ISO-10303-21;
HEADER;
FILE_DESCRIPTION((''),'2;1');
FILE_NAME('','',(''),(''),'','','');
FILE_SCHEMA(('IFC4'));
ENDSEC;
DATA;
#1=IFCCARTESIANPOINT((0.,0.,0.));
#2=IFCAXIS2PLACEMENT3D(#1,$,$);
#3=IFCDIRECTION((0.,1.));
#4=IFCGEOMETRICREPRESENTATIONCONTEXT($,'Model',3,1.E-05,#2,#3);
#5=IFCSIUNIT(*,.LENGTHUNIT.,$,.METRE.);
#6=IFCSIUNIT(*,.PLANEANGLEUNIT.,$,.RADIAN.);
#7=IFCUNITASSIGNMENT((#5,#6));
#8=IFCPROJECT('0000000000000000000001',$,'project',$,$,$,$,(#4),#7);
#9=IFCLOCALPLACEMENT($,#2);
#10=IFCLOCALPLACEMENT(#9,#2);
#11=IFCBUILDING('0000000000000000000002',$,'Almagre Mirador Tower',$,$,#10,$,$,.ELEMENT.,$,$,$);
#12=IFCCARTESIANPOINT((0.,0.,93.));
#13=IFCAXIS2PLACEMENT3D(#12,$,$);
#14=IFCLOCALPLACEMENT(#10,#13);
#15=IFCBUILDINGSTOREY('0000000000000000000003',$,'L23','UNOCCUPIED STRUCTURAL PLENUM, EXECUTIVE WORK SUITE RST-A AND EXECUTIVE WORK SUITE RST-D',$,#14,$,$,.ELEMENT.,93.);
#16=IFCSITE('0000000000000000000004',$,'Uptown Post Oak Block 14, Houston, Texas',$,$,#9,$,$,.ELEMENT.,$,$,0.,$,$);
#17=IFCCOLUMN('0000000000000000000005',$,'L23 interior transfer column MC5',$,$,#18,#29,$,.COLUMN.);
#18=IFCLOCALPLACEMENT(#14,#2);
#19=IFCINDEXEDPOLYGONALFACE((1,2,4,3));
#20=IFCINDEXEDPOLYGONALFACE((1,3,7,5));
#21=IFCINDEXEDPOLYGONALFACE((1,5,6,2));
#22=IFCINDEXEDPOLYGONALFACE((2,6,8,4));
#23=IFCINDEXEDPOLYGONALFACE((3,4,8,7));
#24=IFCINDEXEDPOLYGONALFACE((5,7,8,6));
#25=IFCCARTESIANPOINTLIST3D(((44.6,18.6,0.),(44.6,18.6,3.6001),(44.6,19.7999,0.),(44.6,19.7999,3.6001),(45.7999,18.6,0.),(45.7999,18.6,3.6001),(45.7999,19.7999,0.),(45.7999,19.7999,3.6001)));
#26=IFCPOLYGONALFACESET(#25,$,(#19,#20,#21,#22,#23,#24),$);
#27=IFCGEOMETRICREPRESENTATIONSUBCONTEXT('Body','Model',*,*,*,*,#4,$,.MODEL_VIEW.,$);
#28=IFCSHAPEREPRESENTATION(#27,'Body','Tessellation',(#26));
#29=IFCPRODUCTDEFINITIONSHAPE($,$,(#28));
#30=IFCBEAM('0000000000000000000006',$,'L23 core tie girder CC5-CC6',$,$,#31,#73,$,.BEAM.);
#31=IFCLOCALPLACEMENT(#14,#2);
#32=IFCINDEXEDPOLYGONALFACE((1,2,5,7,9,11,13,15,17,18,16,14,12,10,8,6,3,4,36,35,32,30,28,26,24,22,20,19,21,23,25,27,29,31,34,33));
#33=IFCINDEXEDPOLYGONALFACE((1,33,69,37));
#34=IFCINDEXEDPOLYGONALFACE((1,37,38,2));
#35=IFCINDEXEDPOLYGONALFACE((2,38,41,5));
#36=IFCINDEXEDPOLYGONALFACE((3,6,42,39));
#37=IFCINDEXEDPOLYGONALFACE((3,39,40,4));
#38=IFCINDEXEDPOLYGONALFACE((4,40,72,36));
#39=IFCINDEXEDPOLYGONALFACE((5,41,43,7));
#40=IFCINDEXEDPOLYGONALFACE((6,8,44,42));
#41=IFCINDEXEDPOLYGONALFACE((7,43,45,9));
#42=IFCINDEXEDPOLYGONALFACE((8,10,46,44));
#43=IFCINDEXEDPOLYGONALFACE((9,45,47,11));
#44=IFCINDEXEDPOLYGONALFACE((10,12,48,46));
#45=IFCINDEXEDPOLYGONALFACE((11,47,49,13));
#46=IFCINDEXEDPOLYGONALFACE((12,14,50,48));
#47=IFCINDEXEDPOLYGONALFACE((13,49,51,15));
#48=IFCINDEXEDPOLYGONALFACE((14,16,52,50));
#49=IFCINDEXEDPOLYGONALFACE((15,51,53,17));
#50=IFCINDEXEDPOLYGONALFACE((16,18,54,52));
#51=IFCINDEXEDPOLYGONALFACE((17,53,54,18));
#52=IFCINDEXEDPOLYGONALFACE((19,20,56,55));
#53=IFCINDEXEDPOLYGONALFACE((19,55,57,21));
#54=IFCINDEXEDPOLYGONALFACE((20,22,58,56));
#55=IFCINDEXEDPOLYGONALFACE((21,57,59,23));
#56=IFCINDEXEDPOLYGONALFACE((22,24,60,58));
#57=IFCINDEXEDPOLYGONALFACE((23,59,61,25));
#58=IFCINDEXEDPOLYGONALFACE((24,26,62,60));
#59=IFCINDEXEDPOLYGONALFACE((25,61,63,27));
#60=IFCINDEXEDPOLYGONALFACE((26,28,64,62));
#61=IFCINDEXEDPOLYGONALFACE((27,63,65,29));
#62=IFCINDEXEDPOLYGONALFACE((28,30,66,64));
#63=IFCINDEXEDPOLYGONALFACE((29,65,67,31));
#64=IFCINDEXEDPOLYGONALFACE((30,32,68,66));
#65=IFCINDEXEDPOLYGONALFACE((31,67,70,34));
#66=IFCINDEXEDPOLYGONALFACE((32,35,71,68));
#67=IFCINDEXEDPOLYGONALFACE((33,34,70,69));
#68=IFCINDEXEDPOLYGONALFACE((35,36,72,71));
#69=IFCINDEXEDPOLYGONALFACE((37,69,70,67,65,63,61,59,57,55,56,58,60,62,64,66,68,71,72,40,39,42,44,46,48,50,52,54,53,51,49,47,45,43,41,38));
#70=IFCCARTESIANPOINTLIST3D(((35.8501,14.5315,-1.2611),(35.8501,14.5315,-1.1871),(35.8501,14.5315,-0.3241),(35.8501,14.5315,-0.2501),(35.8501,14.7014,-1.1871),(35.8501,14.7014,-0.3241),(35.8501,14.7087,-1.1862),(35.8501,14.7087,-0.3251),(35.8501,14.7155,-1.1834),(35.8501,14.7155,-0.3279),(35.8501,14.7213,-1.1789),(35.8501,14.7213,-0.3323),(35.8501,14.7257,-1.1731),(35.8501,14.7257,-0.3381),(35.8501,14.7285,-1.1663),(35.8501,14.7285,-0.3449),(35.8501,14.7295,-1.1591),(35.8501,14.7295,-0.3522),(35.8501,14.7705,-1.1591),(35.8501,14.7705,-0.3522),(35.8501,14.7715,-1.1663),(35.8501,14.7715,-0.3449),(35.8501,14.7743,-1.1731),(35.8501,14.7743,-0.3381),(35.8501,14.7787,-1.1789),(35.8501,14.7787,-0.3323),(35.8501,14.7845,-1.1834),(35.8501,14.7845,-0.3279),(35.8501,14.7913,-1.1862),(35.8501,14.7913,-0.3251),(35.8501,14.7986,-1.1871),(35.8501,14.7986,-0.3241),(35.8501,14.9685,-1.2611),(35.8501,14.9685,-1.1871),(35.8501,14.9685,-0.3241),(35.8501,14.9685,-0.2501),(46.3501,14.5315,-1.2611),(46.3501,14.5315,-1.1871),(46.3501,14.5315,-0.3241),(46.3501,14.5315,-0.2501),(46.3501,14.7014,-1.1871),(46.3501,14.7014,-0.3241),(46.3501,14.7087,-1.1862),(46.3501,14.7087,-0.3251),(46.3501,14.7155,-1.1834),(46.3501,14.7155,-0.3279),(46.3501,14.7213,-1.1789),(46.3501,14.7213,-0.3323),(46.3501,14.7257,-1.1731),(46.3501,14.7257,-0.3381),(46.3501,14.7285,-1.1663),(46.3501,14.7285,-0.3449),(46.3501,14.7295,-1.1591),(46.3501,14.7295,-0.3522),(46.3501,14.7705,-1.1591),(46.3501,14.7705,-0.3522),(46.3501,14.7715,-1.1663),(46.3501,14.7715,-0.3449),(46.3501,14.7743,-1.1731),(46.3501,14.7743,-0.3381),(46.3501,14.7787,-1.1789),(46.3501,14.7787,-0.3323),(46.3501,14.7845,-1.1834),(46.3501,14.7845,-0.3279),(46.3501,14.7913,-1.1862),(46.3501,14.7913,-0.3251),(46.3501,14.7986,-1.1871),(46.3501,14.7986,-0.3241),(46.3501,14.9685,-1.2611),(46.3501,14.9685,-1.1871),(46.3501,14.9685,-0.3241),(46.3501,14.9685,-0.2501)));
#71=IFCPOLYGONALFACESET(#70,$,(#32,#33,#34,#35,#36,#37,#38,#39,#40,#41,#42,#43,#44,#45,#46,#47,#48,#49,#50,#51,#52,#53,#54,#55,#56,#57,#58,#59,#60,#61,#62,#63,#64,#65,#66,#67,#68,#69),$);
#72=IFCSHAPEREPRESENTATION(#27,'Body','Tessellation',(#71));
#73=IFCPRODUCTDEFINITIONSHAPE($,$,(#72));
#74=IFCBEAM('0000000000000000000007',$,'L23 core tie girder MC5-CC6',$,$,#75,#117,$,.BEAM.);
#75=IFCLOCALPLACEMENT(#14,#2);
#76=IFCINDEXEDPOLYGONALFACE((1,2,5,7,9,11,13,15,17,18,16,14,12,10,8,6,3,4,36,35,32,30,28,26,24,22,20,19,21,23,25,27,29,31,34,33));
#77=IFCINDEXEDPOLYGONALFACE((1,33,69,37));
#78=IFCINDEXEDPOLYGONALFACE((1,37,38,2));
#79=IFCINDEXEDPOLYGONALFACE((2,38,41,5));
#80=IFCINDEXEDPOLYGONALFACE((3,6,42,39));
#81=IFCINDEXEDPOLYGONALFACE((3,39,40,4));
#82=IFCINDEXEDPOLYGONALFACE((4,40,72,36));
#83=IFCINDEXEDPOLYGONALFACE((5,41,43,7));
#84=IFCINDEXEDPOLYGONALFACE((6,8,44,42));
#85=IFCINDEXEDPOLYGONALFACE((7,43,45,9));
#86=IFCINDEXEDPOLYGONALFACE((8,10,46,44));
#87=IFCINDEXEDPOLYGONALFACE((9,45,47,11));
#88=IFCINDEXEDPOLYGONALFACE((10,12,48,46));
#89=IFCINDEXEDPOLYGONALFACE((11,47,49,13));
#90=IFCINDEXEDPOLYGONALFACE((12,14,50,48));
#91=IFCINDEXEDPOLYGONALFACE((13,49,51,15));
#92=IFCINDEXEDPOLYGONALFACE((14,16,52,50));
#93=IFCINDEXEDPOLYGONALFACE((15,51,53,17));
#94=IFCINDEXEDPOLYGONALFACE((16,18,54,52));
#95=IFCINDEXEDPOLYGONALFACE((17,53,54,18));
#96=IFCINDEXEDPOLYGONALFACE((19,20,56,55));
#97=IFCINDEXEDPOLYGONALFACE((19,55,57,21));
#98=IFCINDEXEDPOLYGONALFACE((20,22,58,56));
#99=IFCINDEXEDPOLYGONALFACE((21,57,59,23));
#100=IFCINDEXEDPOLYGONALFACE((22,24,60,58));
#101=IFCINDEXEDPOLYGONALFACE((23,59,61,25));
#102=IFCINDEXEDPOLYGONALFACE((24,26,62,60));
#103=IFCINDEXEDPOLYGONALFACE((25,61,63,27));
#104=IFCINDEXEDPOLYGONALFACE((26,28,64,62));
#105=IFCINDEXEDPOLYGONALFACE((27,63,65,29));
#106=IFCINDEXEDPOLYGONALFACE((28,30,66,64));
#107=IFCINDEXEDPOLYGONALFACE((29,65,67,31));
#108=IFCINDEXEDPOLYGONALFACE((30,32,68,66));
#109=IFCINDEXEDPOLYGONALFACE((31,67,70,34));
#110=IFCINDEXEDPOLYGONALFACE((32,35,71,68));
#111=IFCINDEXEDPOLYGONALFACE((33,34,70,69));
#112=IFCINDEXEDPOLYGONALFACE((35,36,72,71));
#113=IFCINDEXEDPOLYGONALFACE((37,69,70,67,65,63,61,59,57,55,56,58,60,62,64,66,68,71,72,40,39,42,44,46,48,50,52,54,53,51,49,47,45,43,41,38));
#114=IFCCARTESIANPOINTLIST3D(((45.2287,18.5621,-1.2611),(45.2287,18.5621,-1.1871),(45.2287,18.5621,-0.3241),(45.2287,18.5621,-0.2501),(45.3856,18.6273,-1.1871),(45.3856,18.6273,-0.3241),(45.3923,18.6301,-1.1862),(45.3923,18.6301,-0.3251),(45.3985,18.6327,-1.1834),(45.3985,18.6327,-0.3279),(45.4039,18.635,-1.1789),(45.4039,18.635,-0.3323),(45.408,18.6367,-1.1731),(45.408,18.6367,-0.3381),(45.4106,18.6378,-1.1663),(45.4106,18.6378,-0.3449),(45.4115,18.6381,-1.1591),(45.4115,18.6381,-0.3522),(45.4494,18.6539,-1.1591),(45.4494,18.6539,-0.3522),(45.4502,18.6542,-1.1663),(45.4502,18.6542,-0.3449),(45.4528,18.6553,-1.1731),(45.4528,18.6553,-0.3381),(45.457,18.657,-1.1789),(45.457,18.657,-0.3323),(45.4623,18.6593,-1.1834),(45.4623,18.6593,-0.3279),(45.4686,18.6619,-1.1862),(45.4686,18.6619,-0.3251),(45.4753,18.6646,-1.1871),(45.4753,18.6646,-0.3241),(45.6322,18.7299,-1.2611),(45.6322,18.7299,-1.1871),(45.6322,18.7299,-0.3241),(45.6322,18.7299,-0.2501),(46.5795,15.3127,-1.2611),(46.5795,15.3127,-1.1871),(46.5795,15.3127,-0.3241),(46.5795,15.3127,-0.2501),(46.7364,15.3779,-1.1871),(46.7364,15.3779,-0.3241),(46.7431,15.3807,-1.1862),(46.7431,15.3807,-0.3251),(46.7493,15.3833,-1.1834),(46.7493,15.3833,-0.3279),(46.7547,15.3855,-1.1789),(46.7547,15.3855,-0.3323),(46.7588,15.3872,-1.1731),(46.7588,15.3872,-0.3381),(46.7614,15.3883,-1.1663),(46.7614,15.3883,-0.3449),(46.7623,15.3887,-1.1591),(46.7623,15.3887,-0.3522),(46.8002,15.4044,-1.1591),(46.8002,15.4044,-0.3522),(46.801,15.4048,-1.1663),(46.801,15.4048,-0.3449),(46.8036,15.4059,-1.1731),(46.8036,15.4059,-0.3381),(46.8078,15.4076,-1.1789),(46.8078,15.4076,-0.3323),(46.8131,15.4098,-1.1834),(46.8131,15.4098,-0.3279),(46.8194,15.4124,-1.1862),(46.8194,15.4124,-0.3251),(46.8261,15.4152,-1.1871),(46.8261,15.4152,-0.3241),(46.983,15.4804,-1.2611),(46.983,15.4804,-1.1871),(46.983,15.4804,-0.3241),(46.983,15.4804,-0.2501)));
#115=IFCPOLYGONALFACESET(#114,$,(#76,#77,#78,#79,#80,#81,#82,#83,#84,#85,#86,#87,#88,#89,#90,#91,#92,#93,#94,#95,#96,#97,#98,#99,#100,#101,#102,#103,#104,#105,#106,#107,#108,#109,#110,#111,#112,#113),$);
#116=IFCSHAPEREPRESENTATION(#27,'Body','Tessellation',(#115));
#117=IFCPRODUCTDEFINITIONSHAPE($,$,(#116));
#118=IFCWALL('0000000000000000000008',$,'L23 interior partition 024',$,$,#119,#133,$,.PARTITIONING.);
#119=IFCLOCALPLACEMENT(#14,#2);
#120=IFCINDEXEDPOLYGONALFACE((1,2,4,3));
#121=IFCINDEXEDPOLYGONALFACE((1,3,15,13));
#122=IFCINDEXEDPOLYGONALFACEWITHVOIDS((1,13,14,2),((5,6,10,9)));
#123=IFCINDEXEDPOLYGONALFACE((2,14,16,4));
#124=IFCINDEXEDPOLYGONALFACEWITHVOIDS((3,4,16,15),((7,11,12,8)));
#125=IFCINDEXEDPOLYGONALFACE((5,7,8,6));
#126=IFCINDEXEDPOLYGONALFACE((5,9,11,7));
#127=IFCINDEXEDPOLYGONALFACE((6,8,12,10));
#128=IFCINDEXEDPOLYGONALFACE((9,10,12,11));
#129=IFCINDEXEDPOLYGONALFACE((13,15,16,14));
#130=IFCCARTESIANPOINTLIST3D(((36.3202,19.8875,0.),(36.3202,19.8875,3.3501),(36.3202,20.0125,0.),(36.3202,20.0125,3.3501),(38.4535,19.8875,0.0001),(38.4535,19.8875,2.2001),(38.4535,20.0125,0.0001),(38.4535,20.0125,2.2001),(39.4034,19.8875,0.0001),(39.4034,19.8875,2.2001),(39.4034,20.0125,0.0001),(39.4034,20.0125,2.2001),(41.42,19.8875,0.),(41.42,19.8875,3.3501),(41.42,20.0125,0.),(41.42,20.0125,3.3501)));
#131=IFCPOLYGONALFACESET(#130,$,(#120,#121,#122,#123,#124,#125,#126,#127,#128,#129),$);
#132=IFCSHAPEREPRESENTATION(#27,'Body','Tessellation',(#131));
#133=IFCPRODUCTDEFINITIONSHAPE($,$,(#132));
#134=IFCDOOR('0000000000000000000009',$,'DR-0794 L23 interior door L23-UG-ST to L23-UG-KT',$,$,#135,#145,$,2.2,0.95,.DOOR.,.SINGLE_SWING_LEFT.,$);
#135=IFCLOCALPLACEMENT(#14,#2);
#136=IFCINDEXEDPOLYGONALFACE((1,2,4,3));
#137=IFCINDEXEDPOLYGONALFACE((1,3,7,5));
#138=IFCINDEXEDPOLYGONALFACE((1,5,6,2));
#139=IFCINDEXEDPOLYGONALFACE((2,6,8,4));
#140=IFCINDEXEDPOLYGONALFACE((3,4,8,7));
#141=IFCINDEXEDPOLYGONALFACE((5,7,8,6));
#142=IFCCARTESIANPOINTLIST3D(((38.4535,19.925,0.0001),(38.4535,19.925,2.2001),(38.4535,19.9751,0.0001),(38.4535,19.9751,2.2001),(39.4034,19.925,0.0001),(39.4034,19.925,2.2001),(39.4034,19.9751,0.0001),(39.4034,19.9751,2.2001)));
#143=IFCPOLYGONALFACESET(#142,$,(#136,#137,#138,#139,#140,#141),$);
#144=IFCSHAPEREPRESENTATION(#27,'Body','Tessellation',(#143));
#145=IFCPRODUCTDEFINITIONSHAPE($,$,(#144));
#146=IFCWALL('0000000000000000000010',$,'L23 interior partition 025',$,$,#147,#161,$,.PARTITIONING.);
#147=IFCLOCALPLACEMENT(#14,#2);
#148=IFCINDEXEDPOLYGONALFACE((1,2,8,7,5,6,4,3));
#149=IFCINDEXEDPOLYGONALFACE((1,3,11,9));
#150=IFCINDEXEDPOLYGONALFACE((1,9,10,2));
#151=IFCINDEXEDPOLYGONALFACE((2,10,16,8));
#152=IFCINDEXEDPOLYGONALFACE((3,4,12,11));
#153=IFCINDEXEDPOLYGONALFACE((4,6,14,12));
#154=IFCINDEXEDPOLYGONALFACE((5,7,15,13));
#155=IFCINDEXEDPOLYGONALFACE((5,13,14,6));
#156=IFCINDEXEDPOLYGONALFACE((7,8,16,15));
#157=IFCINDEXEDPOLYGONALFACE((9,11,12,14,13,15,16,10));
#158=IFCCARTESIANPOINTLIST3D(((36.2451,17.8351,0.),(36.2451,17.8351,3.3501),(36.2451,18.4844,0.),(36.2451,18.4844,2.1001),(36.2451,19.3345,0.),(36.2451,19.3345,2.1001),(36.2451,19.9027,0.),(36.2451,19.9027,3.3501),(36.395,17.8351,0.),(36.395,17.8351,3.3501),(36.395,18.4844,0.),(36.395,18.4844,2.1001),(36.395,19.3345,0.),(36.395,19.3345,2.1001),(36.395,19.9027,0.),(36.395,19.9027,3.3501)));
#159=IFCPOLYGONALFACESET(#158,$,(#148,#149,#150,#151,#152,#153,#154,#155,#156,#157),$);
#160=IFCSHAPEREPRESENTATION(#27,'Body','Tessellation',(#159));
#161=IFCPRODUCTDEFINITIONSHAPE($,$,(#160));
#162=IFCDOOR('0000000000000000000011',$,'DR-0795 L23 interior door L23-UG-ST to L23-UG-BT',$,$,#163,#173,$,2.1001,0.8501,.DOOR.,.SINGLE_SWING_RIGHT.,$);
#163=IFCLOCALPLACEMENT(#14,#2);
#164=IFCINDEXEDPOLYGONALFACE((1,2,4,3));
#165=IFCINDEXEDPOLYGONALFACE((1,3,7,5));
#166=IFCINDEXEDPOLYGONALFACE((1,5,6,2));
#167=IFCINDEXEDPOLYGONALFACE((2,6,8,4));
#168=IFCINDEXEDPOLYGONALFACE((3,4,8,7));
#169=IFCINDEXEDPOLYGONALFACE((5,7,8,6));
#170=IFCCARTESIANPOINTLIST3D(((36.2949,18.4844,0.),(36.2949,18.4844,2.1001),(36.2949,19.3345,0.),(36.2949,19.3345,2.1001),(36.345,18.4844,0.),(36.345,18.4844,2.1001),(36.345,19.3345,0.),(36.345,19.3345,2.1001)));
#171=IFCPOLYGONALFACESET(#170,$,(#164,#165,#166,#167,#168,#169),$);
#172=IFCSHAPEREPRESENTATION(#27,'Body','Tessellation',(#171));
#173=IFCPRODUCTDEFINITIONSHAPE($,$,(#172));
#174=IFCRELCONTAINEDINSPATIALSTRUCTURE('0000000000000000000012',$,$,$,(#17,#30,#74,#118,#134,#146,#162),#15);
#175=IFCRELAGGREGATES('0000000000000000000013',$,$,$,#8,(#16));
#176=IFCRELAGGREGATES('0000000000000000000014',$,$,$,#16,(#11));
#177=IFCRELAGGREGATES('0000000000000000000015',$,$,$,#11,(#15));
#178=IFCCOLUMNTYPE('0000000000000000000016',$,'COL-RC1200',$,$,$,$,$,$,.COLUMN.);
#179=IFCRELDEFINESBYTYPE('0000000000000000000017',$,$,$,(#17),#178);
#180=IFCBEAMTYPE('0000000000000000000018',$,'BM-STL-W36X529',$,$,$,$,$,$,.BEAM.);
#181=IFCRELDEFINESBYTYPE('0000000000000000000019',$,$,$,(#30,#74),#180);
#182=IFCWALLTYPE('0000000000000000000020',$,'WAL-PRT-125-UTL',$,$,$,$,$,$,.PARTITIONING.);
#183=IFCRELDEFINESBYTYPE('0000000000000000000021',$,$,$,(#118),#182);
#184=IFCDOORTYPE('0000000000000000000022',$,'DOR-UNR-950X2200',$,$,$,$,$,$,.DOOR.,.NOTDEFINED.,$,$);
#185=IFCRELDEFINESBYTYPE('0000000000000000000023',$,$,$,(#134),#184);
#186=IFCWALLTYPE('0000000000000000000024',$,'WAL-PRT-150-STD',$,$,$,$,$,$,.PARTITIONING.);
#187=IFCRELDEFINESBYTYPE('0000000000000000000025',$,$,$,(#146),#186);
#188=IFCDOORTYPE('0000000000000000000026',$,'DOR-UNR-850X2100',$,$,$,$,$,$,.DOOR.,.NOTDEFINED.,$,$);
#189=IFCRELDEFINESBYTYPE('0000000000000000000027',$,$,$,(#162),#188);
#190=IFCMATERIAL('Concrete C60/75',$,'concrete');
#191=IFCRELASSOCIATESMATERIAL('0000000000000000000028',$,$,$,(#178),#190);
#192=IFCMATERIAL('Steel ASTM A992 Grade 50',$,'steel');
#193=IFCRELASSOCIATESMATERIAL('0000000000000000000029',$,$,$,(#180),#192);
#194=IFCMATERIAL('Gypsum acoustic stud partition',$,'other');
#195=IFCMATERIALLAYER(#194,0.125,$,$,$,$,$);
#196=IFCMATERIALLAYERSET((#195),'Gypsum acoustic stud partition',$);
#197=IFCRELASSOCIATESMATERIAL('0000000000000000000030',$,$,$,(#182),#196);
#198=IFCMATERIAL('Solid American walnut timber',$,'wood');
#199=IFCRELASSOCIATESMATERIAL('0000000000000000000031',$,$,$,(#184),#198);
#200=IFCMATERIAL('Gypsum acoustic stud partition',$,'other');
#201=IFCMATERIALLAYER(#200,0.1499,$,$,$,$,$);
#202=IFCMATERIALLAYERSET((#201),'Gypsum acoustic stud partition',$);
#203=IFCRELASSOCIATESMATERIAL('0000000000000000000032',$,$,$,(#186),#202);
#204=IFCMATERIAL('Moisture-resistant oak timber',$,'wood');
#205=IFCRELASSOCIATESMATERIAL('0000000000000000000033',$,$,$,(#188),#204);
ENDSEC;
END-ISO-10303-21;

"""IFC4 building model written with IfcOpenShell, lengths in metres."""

from ifc_helpers import new_model, si_unit, direction, frame, frame_2d, origin, origin_2d, place, context, subcontext, project, spatial, rectangle, i_section, extrude, material, layer, layer_set, material_profile, profile_set, type_object, element, fill, save


model = new_model("IFC4")

# Units and contexts
model_context = context("Model", 3, precision=1e-05, world=origin(), true_north=direction((0.0, 1.0)))
body_context = subcontext(model_context, "Body", "Model", "MODEL_VIEW")
ifc_project = project(units=[si_unit("LENGTHUNIT", "METRE"), si_unit("PLANEANGLEUNIT", "RADIAN")], contexts=[model_context])

# Site, building, storey
site_placement = place(None, origin())
site = spatial("IfcSite", under=ifc_project, at=site_placement, Name="Uptown Post Oak Block 14, Houston, Texas", CompositionType="ELEMENT", RefElevation=0.0)
building_placement = place(site_placement, origin())
building = spatial("IfcBuilding", under=site, at=building_placement, Name="Almagre Mirador Tower", CompositionType="ELEMENT")
storey_placement = place(building_placement, frame((0.0, 0.0, 93.0)))
storey = spatial("IfcBuildingStorey", under=building, at=storey_placement, Name="L23", Description="UNOCCUPIED STRUCTURAL PLENUM, EXECUTIVE WORK SUITE RST-A AND EXECUTIVE WORK SUITE RST-D", CompositionType="ELEMENT", Elevation=93.0)

# Column
ifc_material_1 = material(Name="Concrete C60/75", Category="concrete")
ifc_material_profile_1 = material_profile(ifc_material_1, rectangle(XDim=1.2, YDim=1.2, at=origin_2d()), Name="RC1200X1200")
ifc_profile_set_1 = profile_set([ifc_material_profile_1], Name="Concrete C60/75")
column_type = type_object("IfcColumnType", Name="COL-RC1200", PredefinedType="COLUMN", material=ifc_profile_set_1)
column_placement = place(storey_placement, frame((45.2, 19.2, 0.0), z_axis=(0.0, 0.0, 1.0), x_axis=(1.0, 0.0, 0.0)))
element("IfcColumn", 1, at=column_placement, inside=storey, type_object=column_type, Name="L23 interior transfer column MC5", PredefinedType="COLUMN", context=body_context, shape_type="SweptSolid", body=[
    extrude(rectangle(XDim=1.2, YDim=1.2, at=origin_2d()), origin(), (0.0, 0.0, 1.0), 3.6001),
])

# Beams
ifc_material_2 = material(Name="Steel ASTM A992 Grade 50", Category="steel")
ifc_material_profile_2 = material_profile(ifc_material_2, i_section(OverallWidth=0.437, OverallDepth=1.011, WebThickness=0.041, FlangeThickness=0.074, FilletRadius=0.0281, at=origin_2d()), Name="W36X529")
ifc_profile_set_2 = profile_set([ifc_material_profile_2], Name="Steel ASTM A992 Grade 50")
beam_type = type_object("IfcBeamType", Name="BM-STL-W36X529", PredefinedType="BEAM", material=ifc_profile_set_2)
beam_1_placement = place(storey_placement, frame((35.8501, 14.75, -0.7556), z_axis=(1.0, 0.0, 0.0), x_axis=(0.0, 1.0, 0.0)))
element("IfcBeam", 2, at=beam_1_placement, inside=storey, type_object=beam_type, Name="L23 core tie girder CC5-CC6", PredefinedType="BEAM", context=body_context, shape_type="SweptSolid", body=[
    extrude(i_section(OverallWidth=0.437, OverallDepth=1.011, WebThickness=0.041, FlangeThickness=0.074, FilletRadius=0.0281, at=origin_2d()), origin(), (0.0, 0.0, 1.0), 10.5),
])
beam_2_placement = place(storey_placement, frame((45.4304, 18.646, -0.7556), z_axis=(0.383857, -0.923393, 0.0), x_axis=(0.923393, 0.383857, 0.0)))
element("IfcBeam", 3, at=beam_2_placement, inside=storey, type_object=beam_type, Name="L23 core tie girder MC5-CC6", PredefinedType="BEAM", context=body_context, shape_type="SweptSolid", body=[
    extrude(i_section(OverallWidth=0.437, OverallDepth=1.011, WebThickness=0.041, FlangeThickness=0.074, FilletRadius=0.0281, at=origin_2d()), origin(), (0.0, 0.0, 1.0), 3.519),
])

# Walls, openings, doors
ifc_material_3 = material(Name="Gypsum acoustic stud partition", Category="other")
ifc_layer_1 = layer(ifc_material_3, 0.125)
ifc_layer_set_1 = layer_set([ifc_layer_1], Name="Gypsum acoustic stud partition")
wall_type_1 = type_object("IfcWallType", Name="WAL-PRT-125-UTL", PredefinedType="PARTITIONING", material=ifc_layer_set_1)
wall_1_placement = place(storey_placement, frame((41.4199, 19.95, 0.0), z_axis=(0.0, 0.0, 1.0), x_axis=(-1.0, 0.0, 0.0)))
wall_1 = element("IfcWall", 4, at=wall_1_placement, inside=storey, type_object=wall_type_1, Name="L23 interior partition 024", PredefinedType="PARTITIONING", context=body_context, shape_type="SweptSolid", body=[
    extrude(rectangle(XDim=5.0999, YDim=0.125, at=frame_2d((2.5498, 0.0))), origin(), (0.0, 0.0, 1.0), 3.3501),
])
opening_1_placement = place(wall_1_placement, frame((2.0164, 0.0, 0.0)))
opening_1 = element("IfcOpeningElement", 5, at=opening_1_placement, cuts=wall_1, PredefinedType="OPENING", context=body_context, shape_type="SweptSolid", body=[
    extrude(rectangle(XDim=0.95, YDim=2.2, at=frame_2d((0.4751, 1.1001))), frame((0.0, 0.0725, 0.0), z_axis=(0.0, -1.0, 0.0), x_axis=(1.0, 0.0, 0.0)), (0.0, 0.0, 1.0), 0.145),
])
ifc_material_4 = material(Name="Solid American walnut timber", Category="wood")
door_type_1 = type_object("IfcDoorType", Name="DOR-UNR-950X2200", OperationType="NOTDEFINED", PredefinedType="DOOR", material=ifc_material_4)
door_1_placement = place(opening_1_placement, origin())
door_1 = element("IfcDoor", 6, at=door_1_placement, inside=storey, type_object=door_type_1, Name="DR-0794 L23 interior door L23-UG-ST to L23-UG-KT", OperationType="SINGLE_SWING_LEFT", OverallHeight=2.2, OverallWidth=0.95, PredefinedType="DOOR", context=body_context, shape_type="SweptSolid", body=[
    extrude(rectangle(XDim=0.95, YDim=2.2, at=frame_2d((0.4751, 1.1001))), frame((0.0, 0.0249, 0.0), z_axis=(0.0, -1.0, 0.0), x_axis=(1.0, 0.0, 0.0)), (0.0, 0.0, 1.0), 0.05),
])
fill(opening_1, door_1)
ifc_material_5 = material(Name="Gypsum acoustic stud partition", Category="other")
ifc_layer_2 = layer(ifc_material_5, 0.1499)
ifc_layer_set_2 = layer_set([ifc_layer_2], Name="Gypsum acoustic stud partition")
wall_type_2 = type_object("IfcWallType", Name="WAL-PRT-150-STD", PredefinedType="PARTITIONING", material=ifc_layer_set_2)
wall_2_placement = place(storey_placement, frame((36.3201, 19.9026, 0.0), z_axis=(0.0, 0.0, 1.0), x_axis=(0.0, -1.0, 0.0)))
wall_2 = element("IfcWall", 7, at=wall_2_placement, inside=storey, type_object=wall_type_2, Name="L23 interior partition 025", PredefinedType="PARTITIONING", context=body_context, shape_type="SweptSolid", body=[
    extrude(rectangle(XDim=2.0676, YDim=0.1499, at=frame_2d((1.0337, 0.0))), origin(), (0.0, 0.0, 1.0), 3.3501),
])
opening_2_placement = place(wall_2_placement, frame((0.5681, 0.0, 0.0)))
opening_2 = element("IfcOpeningElement", 8, at=opening_2_placement, cuts=wall_2, PredefinedType="OPENING", context=body_context, shape_type="SweptSolid", body=[
    extrude(rectangle(XDim=0.8501, YDim=2.1001, at=frame_2d((0.425, 1.05))), frame((0.0, 0.085, 0.0), z_axis=(0.0, -1.0, 0.0), x_axis=(1.0, 0.0, 0.0)), (0.0, 0.0, 1.0), 0.1699),
])
ifc_material_6 = material(Name="Moisture-resistant oak timber", Category="wood")
door_type_2 = type_object("IfcDoorType", Name="DOR-UNR-850X2100", OperationType="NOTDEFINED", PredefinedType="DOOR", material=ifc_material_6)
door_2_placement = place(opening_2_placement, origin())
door_2 = element("IfcDoor", 9, at=door_2_placement, inside=storey, type_object=door_type_2, Name="DR-0795 L23 interior door L23-UG-ST to L23-UG-BT", OperationType="SINGLE_SWING_RIGHT", OverallHeight=2.1001, OverallWidth=0.8501, PredefinedType="DOOR", context=body_context, shape_type="SweptSolid", body=[
    extrude(rectangle(XDim=0.8501, YDim=2.1001, at=frame_2d((0.425, 1.05))), frame((0.0, 0.0249, 0.0), z_axis=(0.0, -1.0, 0.0), x_axis=(1.0, 0.0, 0.0)), (0.0, 0.0, 1.0), 0.05),
])
fill(opening_2, door_2)

save(model, "model.ifc")
